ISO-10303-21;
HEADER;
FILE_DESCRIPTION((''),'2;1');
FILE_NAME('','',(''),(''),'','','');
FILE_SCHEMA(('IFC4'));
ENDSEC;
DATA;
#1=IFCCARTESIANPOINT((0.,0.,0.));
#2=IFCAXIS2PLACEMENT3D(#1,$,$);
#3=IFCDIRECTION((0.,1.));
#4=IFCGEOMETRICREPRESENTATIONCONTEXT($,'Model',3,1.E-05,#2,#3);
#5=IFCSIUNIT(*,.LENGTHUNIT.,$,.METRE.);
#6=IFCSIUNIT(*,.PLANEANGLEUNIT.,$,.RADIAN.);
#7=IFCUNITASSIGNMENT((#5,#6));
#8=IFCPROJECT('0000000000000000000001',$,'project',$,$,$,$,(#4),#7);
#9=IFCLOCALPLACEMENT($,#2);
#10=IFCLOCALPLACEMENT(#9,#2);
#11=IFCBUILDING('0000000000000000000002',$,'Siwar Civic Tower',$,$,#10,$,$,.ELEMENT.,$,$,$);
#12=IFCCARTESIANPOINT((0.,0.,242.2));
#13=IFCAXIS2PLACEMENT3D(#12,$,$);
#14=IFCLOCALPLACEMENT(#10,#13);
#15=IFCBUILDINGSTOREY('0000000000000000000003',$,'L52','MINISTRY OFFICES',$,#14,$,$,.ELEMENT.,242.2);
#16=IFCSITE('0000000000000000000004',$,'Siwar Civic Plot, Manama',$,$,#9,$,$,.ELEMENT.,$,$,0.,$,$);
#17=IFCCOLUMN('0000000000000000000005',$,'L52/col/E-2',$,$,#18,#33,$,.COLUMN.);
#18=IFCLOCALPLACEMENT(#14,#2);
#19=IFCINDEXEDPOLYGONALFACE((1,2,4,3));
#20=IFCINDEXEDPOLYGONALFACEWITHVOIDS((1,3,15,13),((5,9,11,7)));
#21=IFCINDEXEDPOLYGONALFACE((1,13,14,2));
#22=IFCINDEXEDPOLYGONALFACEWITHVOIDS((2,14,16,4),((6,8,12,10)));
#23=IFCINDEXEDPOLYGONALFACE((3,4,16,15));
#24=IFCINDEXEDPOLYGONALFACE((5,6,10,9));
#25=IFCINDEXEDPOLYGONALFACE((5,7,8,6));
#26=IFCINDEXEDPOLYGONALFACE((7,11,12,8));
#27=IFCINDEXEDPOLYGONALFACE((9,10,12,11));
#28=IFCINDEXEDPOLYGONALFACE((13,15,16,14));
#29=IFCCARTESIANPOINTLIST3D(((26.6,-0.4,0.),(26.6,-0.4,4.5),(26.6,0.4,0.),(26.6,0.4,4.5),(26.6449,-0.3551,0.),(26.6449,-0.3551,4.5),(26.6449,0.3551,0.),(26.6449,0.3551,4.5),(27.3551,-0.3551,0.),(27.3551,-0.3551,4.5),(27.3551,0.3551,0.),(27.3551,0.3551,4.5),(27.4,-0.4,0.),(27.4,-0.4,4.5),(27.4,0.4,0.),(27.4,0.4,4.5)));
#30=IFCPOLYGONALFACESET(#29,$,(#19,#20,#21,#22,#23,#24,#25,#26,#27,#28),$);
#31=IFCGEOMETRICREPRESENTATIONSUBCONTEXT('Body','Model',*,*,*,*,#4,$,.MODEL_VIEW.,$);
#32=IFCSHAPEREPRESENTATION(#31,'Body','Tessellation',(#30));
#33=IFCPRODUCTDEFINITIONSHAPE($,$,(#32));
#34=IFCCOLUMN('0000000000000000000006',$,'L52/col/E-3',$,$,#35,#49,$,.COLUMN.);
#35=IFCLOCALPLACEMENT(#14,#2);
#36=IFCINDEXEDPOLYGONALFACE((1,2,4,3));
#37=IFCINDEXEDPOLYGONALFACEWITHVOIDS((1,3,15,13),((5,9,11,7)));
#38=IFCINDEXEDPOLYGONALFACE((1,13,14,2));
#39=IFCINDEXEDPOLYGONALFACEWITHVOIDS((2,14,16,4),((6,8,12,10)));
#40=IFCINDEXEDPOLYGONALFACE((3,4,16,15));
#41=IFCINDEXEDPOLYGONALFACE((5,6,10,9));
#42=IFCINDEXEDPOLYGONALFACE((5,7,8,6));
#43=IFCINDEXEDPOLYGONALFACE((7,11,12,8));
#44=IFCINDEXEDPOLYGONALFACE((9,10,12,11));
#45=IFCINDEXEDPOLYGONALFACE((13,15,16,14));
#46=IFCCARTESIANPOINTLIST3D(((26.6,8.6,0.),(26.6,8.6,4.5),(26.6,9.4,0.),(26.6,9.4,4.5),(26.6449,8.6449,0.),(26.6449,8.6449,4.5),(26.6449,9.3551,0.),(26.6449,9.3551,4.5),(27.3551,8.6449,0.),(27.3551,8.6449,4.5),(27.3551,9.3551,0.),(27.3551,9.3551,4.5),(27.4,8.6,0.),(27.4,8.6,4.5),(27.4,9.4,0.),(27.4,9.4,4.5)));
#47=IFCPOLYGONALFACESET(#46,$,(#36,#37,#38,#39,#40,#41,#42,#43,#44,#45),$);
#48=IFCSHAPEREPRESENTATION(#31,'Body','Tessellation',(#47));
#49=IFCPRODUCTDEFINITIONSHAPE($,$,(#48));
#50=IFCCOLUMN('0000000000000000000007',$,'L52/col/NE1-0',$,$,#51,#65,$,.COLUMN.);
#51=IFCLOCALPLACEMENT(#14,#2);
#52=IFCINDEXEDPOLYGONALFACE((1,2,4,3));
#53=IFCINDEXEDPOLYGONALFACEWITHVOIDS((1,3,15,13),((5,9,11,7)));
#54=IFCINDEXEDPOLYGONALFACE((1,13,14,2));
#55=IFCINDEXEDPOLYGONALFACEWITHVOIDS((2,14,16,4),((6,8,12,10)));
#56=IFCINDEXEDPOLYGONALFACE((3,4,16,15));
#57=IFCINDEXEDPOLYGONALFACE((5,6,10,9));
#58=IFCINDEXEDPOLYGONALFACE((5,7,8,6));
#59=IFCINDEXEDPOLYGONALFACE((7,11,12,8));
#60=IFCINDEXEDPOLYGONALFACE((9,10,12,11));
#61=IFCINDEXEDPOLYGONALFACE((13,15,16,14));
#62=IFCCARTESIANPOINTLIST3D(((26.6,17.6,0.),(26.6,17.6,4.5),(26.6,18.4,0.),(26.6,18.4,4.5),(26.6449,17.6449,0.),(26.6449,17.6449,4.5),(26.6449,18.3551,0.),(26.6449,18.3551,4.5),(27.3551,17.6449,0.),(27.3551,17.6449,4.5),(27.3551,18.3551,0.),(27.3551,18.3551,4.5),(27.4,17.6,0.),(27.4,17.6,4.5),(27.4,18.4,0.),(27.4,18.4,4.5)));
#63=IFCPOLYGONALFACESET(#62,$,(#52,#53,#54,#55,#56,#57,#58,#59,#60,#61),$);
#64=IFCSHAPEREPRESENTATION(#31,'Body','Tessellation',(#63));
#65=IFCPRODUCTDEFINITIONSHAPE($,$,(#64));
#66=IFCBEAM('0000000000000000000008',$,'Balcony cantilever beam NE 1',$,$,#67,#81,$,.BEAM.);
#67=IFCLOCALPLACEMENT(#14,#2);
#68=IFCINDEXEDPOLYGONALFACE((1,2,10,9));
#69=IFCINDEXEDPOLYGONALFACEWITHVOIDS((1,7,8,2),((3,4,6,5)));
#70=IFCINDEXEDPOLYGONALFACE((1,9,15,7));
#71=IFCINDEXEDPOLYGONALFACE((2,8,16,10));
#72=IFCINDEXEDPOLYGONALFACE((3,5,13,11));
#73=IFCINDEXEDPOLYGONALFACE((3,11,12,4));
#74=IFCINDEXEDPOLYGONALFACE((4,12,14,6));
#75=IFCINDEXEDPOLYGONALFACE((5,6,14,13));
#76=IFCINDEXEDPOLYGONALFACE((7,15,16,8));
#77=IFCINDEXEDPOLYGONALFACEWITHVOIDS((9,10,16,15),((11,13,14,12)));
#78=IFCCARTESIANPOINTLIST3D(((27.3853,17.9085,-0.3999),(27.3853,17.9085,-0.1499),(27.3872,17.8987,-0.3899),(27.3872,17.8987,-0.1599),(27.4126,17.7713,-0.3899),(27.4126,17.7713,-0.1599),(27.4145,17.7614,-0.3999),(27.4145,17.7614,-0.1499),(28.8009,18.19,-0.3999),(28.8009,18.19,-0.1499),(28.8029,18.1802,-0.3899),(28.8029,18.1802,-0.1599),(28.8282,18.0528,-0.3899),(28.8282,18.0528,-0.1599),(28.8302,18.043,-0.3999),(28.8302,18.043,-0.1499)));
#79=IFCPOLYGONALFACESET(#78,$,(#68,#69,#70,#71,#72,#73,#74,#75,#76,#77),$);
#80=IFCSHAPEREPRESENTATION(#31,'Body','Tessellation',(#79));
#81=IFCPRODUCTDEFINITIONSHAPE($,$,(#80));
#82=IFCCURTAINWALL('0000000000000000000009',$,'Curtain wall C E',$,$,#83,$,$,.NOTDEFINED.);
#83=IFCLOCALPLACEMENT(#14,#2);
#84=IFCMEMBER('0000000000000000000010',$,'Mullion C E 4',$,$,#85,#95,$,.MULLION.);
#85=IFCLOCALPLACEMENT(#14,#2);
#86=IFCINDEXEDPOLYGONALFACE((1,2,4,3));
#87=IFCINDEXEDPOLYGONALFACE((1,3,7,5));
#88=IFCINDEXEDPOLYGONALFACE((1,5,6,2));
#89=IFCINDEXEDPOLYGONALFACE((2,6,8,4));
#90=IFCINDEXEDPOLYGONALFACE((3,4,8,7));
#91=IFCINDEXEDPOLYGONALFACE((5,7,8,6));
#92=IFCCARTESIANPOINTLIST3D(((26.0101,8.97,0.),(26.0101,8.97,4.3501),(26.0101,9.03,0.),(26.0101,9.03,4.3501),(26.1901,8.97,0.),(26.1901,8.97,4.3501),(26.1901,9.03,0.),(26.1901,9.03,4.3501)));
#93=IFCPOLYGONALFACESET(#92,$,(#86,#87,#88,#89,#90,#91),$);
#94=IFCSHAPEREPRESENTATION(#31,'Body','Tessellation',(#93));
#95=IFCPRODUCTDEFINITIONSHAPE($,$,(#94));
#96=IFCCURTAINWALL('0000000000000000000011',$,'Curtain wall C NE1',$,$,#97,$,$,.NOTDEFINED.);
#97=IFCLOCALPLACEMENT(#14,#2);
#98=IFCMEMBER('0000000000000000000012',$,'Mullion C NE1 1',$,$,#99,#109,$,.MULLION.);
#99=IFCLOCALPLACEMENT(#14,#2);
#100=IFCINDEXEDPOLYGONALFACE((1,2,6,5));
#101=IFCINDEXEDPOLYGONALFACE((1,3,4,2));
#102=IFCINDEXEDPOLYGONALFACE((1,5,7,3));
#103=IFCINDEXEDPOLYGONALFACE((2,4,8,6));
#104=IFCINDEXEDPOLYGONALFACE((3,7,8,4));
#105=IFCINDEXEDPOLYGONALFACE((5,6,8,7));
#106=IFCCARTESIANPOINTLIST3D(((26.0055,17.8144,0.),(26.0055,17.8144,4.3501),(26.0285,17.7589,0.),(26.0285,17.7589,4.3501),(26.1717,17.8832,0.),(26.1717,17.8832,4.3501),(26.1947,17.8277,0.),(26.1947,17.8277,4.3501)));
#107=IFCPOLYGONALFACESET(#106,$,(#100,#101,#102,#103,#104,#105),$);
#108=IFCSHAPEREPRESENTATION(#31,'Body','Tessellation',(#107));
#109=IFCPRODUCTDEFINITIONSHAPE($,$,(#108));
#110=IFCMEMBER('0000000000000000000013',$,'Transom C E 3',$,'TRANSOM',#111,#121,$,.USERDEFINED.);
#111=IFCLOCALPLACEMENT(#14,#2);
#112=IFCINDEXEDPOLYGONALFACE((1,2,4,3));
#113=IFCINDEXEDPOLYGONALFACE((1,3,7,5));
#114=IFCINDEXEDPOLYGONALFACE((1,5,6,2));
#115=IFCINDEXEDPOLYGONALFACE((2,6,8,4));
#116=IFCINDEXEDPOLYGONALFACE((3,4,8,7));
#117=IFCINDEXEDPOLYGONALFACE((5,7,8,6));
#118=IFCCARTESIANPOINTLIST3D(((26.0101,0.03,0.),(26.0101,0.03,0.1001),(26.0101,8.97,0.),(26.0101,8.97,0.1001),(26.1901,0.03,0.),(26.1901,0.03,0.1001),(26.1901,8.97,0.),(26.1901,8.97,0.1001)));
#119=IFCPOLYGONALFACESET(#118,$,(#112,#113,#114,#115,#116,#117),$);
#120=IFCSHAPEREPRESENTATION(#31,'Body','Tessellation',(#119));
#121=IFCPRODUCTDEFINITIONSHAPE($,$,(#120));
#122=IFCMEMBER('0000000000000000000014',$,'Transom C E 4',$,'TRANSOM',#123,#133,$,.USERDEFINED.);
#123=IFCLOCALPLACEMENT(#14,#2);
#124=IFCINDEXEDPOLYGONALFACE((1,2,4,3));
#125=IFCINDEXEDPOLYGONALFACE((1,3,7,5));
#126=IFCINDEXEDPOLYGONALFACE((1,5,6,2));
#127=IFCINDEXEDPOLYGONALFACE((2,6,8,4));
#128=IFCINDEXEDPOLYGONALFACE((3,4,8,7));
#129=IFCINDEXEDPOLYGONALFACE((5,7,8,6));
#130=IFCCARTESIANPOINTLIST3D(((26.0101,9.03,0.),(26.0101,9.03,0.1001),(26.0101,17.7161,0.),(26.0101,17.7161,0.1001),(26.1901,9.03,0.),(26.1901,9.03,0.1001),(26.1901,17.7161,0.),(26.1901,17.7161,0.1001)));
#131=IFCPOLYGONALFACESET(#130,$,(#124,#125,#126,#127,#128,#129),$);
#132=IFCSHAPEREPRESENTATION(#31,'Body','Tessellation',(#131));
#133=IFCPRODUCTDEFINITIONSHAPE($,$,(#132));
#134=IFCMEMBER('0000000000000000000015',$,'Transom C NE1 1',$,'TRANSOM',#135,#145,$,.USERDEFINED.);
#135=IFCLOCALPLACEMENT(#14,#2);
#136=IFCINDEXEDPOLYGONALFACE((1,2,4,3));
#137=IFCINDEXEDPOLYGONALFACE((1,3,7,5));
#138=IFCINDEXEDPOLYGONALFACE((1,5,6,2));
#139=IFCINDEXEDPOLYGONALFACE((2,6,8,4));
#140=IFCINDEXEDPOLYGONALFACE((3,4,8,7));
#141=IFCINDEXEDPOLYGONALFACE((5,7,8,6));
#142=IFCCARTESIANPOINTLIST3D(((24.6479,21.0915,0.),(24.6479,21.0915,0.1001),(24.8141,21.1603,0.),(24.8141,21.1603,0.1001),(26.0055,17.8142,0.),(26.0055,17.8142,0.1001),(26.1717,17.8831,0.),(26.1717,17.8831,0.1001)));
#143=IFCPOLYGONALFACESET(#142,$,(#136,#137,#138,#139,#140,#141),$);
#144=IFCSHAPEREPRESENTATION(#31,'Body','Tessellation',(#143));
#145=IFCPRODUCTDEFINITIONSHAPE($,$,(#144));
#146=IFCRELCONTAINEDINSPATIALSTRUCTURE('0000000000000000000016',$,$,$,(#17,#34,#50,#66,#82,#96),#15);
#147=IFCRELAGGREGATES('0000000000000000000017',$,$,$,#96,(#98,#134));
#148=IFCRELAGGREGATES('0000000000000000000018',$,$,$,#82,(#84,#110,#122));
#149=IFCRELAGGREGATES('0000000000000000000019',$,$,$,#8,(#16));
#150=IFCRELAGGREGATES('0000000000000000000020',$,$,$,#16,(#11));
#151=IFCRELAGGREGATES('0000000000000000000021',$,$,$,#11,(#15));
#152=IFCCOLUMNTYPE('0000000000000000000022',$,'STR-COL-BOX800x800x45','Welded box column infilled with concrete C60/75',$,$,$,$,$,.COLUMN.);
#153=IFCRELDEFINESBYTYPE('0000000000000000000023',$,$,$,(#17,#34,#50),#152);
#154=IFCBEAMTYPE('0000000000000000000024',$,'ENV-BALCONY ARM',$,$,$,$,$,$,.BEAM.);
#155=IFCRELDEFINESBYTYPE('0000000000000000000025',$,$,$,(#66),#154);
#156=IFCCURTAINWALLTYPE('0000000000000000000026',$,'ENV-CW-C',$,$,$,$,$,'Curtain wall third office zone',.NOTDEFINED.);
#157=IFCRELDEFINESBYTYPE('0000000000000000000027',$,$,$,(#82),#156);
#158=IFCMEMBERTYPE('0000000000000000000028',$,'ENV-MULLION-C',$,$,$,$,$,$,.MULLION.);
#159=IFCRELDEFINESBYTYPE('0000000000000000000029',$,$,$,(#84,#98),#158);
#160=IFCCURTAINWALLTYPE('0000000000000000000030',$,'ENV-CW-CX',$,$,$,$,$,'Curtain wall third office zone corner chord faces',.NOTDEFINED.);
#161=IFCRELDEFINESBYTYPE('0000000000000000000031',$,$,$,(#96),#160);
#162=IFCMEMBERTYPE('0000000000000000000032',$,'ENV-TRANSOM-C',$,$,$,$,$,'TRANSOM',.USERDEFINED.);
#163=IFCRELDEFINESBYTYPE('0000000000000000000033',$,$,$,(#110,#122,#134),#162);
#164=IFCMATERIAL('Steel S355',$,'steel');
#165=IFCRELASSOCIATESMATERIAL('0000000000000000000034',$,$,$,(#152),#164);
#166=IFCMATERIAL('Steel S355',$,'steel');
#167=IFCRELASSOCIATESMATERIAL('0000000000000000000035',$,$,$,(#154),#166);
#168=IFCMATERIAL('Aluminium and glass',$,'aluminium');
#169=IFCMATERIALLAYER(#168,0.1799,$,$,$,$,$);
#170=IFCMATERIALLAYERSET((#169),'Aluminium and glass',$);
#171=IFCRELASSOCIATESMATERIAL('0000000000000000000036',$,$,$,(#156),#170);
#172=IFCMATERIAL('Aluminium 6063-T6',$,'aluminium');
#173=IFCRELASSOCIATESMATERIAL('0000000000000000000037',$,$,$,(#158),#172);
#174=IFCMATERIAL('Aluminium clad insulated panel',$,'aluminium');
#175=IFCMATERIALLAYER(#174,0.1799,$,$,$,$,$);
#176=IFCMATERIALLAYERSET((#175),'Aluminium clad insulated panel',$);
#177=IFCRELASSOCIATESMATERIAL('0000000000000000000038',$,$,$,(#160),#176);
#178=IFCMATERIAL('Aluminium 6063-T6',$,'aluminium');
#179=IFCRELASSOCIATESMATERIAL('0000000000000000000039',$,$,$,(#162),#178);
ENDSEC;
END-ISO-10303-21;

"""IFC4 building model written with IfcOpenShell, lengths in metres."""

from ifc_helpers import new_model, si_unit, direction, frame, origin, origin_2d, place, context, subcontext, project, spatial, rectangle, hollow_rectangle, extrude, material, layer, layer_set, material_profile, profile_set, type_object, element, aggregate, save


model = new_model("IFC4")

# Units and contexts
model_context = context("Model", 3, precision=1e-05, world=origin(), true_north=direction((0.0, 1.0)))
body_context = subcontext(model_context, "Body", "Model", "MODEL_VIEW")
ifc_project = project(units=[si_unit("LENGTHUNIT", "METRE"), si_unit("PLANEANGLEUNIT", "RADIAN")], contexts=[model_context])

# Site, building, storey
site_placement = place(None, origin())
site = spatial("IfcSite", under=ifc_project, at=site_placement, Name="Siwar Civic Plot, Manama", CompositionType="ELEMENT", RefElevation=0.0)
building_placement = place(site_placement, origin())
building = spatial("IfcBuilding", under=site, at=building_placement, Name="Siwar Civic Tower", CompositionType="ELEMENT")
storey_placement = place(building_placement, frame((0.0, 0.0, 242.2)))
storey = spatial("IfcBuildingStorey", under=building, at=storey_placement, Name="L52", Description="MINISTRY OFFICES", CompositionType="ELEMENT", Elevation=242.2)

# Columns
ifc_material_1 = material(Name="Steel S355", Category="steel")
ifc_material_profile_1 = material_profile(ifc_material_1, hollow_rectangle(XDim=0.8, YDim=0.8, WallThickness=0.0449, at=origin_2d()), Name="BOX800x800x45")
ifc_profile_set_1 = profile_set([ifc_material_profile_1], Name="Steel S355")
column_type = type_object("IfcColumnType", Name="STR-COL-BOX800x800x45", Description="Welded box column infilled with concrete C60/75", PredefinedType="COLUMN", material=ifc_profile_set_1)
for number, where, z_axis, x_axis, name in (
    (1, (27.0, 0.0, 0.0), (0.0, 0.0, 1.0), (1.0, 0.0, 0.0), "L52/col/E-2"),
    (2, (27.0, 9.0, 0.0), (0.0, 0.0, 1.0), (1.0, 0.0, 0.0), "L52/col/E-3"),
    (3, (27.0, 18.0, 0.0), (0.0, 0.0, 1.0), (1.0, 0.0, 0.0), "L52/col/NE1-0"),
):
    element("IfcColumn", number, at=place(storey_placement, frame(where, z_axis=z_axis, x_axis=x_axis)), inside=storey, type_object=column_type, Name=name, PredefinedType="COLUMN", context=body_context, shape_type="SweptSolid", body=[
        extrude(hollow_rectangle(XDim=0.8, YDim=0.8, WallThickness=0.0449, at=origin_2d()), origin(), (0.0, 0.0, 1.0), 4.5),
    ])

# Beam
ifc_material_2 = material(Name="Steel S355", Category="steel")
ifc_material_profile_2 = material_profile(ifc_material_2, hollow_rectangle(XDim=0.1499, YDim=0.25, WallThickness=0.01, at=origin_2d()), Name="RHS250x150x10")
ifc_profile_set_2 = profile_set([ifc_material_profile_2], Name="Steel S355")
beam_type_1 = type_object("IfcBeamType", Name="ENV-BALCONY ARM", PredefinedType="BEAM", material=ifc_profile_set_2)
beam_1_placement = place(storey_placement, frame((27.3999, 17.835, -0.2749), z_axis=(0.980795, 0.195042, 0.0), x_axis=(-0.195042, 0.980795, 0.0)))
element("IfcBeam", 4, at=beam_1_placement, inside=storey, type_object=beam_type_1, Name="Balcony cantilever beam NE 1", PredefinedType="BEAM", context=body_context, shape_type="SweptSolid", body=[
    extrude(hollow_rectangle(XDim=0.1499, YDim=0.25, WallThickness=0.01, at=origin_2d()), origin(), (0.0, 0.0, 1.0), 1.4434),
])

# Curtain walls, members
ifc_material_3 = material(Name="Aluminium and glass", Category="aluminium")
ifc_layer_1 = layer(ifc_material_3, 0.1799)
ifc_layer_set_1 = layer_set([ifc_layer_1], Name="Aluminium and glass")
curtain_wall_type_1 = type_object("IfcCurtainWallType", Name="ENV-CW-C", ElementType="Curtain wall third office zone", PredefinedType="NOTDEFINED", material=ifc_layer_set_1)
curtain_wall_1_placement = place(storey_placement, origin())
curtain_wall_1 = element("IfcCurtainWall", 5, at=curtain_wall_1_placement, inside=storey, type_object=curtain_wall_type_1, Name="Curtain wall C E", PredefinedType="NOTDEFINED")
ifc_material_4 = material(Name="Aluminium 6063-T6", Category="aluminium")
ifc_material_profile_3 = material_profile(ifc_material_4, rectangle(XDim=0.1799, YDim=0.0601, at=origin_2d()), Name="AL 180x60")
ifc_profile_set_3 = profile_set([ifc_material_profile_3], Name="Aluminium 6063-T6")
member_type_1 = type_object("IfcMemberType", Name="ENV-MULLION-C", PredefinedType="MULLION", material=ifc_profile_set_3)
member_1_placement = place(storey_placement, frame((26.1001, 9.0, 0.0), z_axis=(0.0, 0.0, 1.0), x_axis=(-1.0, 0.0, 0.0)))
member_1 = element("IfcMember", 6, at=member_1_placement, type_object=member_type_1, Name="Mullion C E 4", PredefinedType="MULLION", context=body_context, shape_type="SweptSolid", body=[
    extrude(rectangle(XDim=0.1799, YDim=0.0601, at=origin_2d()), origin(), (0.0, 0.0, 1.0), 4.3501),
])
ifc_material_5 = material(Name="Aluminium clad insulated panel", Category="aluminium")
ifc_layer_2 = layer(ifc_material_5, 0.1799)
ifc_layer_set_2 = layer_set([ifc_layer_2], Name="Aluminium clad insulated panel")
curtain_wall_type_2 = type_object("IfcCurtainWallType", Name="ENV-CW-CX", ElementType="Curtain wall third office zone corner chord faces", PredefinedType="NOTDEFINED", material=ifc_layer_set_2)
curtain_wall_2_placement = place(storey_placement, origin())
curtain_wall_2 = element("IfcCurtainWall", 7, at=curtain_wall_2_placement, inside=storey, type_object=curtain_wall_type_2, Name="Curtain wall C NE1", PredefinedType="NOTDEFINED")
member_2_placement = place(storey_placement, frame((26.1001, 17.821, 0.0), z_axis=(0.0, 0.0, 1.0), x_axis=(-0.92388, -0.382683, 0.0)))
member_2 = element("IfcMember", 8, at=member_2_placement, type_object=member_type_1, Name="Mullion C NE1 1", PredefinedType="MULLION", context=body_context, shape_type="SweptSolid", body=[
    extrude(rectangle(XDim=0.1799, YDim=0.0601, at=origin_2d()), origin(), (0.0, 0.0, 1.0), 4.3501),
])

# Members
ifc_material_6 = material(Name="Aluminium 6063-T6", Category="aluminium")
ifc_material_profile_4 = material_profile(ifc_material_6, rectangle(XDim=0.1799, YDim=0.1001, at=origin_2d()), Name="AL 180x100")
ifc_profile_set_4 = profile_set([ifc_material_profile_4], Name="Aluminium 6063-T6")
member_type_2 = type_object("IfcMemberType", Name="ENV-TRANSOM-C", ElementType="TRANSOM", PredefinedType="USERDEFINED", material=ifc_profile_set_4)
member_3_placement = place(storey_placement, frame((26.1001, 0.03, 0.05), z_axis=(0.0, 1.0, 0.0), x_axis=(-1.0, 0.0, 0.0)))
member_3 = element("IfcMember", 9, at=member_3_placement, type_object=member_type_2, Name="Transom C E 3", ObjectType="TRANSOM", PredefinedType="USERDEFINED", context=body_context, shape_type="SweptSolid", body=[
    extrude(rectangle(XDim=0.1799, YDim=0.1001, at=origin_2d()), origin(), (0.0, 0.0, 1.0), 8.9399),
])
member_4_placement = place(storey_placement, frame((26.1001, 9.03, 0.05), z_axis=(0.0, 1.0, 0.0), x_axis=(-1.0, 0.0, 0.0)))
member_4 = element("IfcMember", 10, at=member_4_placement, type_object=member_type_2, Name="Transom C E 4", ObjectType="TRANSOM", PredefinedType="USERDEFINED", context=body_context, shape_type="SweptSolid", body=[
    extrude(rectangle(XDim=0.1799, YDim=0.1001, at=origin_2d()), origin(), (0.0, 0.0, 1.0), 8.686),
])
member_5_placement = place(storey_placement, frame((26.0886, 17.8486, 0.05), z_axis=(-0.382719, 0.923865, 0.0), x_axis=(-0.923865, -0.382719, 0.0)))
member_5 = element("IfcMember", 11, at=member_5_placement, type_object=member_type_2, Name="Transom C NE1 1", ObjectType="TRANSOM", PredefinedType="USERDEFINED", context=body_context, shape_type="SweptSolid", body=[
    extrude(rectangle(XDim=0.1799, YDim=0.1001, at=origin_2d()), origin(), (0.0, 0.0, 1.0), 3.5474),
])
aggregate(curtain_wall_2, [member_2, member_5])

aggregate(curtain_wall_1, [member_1, member_3, member_4])

save(model, "model.ifc")
